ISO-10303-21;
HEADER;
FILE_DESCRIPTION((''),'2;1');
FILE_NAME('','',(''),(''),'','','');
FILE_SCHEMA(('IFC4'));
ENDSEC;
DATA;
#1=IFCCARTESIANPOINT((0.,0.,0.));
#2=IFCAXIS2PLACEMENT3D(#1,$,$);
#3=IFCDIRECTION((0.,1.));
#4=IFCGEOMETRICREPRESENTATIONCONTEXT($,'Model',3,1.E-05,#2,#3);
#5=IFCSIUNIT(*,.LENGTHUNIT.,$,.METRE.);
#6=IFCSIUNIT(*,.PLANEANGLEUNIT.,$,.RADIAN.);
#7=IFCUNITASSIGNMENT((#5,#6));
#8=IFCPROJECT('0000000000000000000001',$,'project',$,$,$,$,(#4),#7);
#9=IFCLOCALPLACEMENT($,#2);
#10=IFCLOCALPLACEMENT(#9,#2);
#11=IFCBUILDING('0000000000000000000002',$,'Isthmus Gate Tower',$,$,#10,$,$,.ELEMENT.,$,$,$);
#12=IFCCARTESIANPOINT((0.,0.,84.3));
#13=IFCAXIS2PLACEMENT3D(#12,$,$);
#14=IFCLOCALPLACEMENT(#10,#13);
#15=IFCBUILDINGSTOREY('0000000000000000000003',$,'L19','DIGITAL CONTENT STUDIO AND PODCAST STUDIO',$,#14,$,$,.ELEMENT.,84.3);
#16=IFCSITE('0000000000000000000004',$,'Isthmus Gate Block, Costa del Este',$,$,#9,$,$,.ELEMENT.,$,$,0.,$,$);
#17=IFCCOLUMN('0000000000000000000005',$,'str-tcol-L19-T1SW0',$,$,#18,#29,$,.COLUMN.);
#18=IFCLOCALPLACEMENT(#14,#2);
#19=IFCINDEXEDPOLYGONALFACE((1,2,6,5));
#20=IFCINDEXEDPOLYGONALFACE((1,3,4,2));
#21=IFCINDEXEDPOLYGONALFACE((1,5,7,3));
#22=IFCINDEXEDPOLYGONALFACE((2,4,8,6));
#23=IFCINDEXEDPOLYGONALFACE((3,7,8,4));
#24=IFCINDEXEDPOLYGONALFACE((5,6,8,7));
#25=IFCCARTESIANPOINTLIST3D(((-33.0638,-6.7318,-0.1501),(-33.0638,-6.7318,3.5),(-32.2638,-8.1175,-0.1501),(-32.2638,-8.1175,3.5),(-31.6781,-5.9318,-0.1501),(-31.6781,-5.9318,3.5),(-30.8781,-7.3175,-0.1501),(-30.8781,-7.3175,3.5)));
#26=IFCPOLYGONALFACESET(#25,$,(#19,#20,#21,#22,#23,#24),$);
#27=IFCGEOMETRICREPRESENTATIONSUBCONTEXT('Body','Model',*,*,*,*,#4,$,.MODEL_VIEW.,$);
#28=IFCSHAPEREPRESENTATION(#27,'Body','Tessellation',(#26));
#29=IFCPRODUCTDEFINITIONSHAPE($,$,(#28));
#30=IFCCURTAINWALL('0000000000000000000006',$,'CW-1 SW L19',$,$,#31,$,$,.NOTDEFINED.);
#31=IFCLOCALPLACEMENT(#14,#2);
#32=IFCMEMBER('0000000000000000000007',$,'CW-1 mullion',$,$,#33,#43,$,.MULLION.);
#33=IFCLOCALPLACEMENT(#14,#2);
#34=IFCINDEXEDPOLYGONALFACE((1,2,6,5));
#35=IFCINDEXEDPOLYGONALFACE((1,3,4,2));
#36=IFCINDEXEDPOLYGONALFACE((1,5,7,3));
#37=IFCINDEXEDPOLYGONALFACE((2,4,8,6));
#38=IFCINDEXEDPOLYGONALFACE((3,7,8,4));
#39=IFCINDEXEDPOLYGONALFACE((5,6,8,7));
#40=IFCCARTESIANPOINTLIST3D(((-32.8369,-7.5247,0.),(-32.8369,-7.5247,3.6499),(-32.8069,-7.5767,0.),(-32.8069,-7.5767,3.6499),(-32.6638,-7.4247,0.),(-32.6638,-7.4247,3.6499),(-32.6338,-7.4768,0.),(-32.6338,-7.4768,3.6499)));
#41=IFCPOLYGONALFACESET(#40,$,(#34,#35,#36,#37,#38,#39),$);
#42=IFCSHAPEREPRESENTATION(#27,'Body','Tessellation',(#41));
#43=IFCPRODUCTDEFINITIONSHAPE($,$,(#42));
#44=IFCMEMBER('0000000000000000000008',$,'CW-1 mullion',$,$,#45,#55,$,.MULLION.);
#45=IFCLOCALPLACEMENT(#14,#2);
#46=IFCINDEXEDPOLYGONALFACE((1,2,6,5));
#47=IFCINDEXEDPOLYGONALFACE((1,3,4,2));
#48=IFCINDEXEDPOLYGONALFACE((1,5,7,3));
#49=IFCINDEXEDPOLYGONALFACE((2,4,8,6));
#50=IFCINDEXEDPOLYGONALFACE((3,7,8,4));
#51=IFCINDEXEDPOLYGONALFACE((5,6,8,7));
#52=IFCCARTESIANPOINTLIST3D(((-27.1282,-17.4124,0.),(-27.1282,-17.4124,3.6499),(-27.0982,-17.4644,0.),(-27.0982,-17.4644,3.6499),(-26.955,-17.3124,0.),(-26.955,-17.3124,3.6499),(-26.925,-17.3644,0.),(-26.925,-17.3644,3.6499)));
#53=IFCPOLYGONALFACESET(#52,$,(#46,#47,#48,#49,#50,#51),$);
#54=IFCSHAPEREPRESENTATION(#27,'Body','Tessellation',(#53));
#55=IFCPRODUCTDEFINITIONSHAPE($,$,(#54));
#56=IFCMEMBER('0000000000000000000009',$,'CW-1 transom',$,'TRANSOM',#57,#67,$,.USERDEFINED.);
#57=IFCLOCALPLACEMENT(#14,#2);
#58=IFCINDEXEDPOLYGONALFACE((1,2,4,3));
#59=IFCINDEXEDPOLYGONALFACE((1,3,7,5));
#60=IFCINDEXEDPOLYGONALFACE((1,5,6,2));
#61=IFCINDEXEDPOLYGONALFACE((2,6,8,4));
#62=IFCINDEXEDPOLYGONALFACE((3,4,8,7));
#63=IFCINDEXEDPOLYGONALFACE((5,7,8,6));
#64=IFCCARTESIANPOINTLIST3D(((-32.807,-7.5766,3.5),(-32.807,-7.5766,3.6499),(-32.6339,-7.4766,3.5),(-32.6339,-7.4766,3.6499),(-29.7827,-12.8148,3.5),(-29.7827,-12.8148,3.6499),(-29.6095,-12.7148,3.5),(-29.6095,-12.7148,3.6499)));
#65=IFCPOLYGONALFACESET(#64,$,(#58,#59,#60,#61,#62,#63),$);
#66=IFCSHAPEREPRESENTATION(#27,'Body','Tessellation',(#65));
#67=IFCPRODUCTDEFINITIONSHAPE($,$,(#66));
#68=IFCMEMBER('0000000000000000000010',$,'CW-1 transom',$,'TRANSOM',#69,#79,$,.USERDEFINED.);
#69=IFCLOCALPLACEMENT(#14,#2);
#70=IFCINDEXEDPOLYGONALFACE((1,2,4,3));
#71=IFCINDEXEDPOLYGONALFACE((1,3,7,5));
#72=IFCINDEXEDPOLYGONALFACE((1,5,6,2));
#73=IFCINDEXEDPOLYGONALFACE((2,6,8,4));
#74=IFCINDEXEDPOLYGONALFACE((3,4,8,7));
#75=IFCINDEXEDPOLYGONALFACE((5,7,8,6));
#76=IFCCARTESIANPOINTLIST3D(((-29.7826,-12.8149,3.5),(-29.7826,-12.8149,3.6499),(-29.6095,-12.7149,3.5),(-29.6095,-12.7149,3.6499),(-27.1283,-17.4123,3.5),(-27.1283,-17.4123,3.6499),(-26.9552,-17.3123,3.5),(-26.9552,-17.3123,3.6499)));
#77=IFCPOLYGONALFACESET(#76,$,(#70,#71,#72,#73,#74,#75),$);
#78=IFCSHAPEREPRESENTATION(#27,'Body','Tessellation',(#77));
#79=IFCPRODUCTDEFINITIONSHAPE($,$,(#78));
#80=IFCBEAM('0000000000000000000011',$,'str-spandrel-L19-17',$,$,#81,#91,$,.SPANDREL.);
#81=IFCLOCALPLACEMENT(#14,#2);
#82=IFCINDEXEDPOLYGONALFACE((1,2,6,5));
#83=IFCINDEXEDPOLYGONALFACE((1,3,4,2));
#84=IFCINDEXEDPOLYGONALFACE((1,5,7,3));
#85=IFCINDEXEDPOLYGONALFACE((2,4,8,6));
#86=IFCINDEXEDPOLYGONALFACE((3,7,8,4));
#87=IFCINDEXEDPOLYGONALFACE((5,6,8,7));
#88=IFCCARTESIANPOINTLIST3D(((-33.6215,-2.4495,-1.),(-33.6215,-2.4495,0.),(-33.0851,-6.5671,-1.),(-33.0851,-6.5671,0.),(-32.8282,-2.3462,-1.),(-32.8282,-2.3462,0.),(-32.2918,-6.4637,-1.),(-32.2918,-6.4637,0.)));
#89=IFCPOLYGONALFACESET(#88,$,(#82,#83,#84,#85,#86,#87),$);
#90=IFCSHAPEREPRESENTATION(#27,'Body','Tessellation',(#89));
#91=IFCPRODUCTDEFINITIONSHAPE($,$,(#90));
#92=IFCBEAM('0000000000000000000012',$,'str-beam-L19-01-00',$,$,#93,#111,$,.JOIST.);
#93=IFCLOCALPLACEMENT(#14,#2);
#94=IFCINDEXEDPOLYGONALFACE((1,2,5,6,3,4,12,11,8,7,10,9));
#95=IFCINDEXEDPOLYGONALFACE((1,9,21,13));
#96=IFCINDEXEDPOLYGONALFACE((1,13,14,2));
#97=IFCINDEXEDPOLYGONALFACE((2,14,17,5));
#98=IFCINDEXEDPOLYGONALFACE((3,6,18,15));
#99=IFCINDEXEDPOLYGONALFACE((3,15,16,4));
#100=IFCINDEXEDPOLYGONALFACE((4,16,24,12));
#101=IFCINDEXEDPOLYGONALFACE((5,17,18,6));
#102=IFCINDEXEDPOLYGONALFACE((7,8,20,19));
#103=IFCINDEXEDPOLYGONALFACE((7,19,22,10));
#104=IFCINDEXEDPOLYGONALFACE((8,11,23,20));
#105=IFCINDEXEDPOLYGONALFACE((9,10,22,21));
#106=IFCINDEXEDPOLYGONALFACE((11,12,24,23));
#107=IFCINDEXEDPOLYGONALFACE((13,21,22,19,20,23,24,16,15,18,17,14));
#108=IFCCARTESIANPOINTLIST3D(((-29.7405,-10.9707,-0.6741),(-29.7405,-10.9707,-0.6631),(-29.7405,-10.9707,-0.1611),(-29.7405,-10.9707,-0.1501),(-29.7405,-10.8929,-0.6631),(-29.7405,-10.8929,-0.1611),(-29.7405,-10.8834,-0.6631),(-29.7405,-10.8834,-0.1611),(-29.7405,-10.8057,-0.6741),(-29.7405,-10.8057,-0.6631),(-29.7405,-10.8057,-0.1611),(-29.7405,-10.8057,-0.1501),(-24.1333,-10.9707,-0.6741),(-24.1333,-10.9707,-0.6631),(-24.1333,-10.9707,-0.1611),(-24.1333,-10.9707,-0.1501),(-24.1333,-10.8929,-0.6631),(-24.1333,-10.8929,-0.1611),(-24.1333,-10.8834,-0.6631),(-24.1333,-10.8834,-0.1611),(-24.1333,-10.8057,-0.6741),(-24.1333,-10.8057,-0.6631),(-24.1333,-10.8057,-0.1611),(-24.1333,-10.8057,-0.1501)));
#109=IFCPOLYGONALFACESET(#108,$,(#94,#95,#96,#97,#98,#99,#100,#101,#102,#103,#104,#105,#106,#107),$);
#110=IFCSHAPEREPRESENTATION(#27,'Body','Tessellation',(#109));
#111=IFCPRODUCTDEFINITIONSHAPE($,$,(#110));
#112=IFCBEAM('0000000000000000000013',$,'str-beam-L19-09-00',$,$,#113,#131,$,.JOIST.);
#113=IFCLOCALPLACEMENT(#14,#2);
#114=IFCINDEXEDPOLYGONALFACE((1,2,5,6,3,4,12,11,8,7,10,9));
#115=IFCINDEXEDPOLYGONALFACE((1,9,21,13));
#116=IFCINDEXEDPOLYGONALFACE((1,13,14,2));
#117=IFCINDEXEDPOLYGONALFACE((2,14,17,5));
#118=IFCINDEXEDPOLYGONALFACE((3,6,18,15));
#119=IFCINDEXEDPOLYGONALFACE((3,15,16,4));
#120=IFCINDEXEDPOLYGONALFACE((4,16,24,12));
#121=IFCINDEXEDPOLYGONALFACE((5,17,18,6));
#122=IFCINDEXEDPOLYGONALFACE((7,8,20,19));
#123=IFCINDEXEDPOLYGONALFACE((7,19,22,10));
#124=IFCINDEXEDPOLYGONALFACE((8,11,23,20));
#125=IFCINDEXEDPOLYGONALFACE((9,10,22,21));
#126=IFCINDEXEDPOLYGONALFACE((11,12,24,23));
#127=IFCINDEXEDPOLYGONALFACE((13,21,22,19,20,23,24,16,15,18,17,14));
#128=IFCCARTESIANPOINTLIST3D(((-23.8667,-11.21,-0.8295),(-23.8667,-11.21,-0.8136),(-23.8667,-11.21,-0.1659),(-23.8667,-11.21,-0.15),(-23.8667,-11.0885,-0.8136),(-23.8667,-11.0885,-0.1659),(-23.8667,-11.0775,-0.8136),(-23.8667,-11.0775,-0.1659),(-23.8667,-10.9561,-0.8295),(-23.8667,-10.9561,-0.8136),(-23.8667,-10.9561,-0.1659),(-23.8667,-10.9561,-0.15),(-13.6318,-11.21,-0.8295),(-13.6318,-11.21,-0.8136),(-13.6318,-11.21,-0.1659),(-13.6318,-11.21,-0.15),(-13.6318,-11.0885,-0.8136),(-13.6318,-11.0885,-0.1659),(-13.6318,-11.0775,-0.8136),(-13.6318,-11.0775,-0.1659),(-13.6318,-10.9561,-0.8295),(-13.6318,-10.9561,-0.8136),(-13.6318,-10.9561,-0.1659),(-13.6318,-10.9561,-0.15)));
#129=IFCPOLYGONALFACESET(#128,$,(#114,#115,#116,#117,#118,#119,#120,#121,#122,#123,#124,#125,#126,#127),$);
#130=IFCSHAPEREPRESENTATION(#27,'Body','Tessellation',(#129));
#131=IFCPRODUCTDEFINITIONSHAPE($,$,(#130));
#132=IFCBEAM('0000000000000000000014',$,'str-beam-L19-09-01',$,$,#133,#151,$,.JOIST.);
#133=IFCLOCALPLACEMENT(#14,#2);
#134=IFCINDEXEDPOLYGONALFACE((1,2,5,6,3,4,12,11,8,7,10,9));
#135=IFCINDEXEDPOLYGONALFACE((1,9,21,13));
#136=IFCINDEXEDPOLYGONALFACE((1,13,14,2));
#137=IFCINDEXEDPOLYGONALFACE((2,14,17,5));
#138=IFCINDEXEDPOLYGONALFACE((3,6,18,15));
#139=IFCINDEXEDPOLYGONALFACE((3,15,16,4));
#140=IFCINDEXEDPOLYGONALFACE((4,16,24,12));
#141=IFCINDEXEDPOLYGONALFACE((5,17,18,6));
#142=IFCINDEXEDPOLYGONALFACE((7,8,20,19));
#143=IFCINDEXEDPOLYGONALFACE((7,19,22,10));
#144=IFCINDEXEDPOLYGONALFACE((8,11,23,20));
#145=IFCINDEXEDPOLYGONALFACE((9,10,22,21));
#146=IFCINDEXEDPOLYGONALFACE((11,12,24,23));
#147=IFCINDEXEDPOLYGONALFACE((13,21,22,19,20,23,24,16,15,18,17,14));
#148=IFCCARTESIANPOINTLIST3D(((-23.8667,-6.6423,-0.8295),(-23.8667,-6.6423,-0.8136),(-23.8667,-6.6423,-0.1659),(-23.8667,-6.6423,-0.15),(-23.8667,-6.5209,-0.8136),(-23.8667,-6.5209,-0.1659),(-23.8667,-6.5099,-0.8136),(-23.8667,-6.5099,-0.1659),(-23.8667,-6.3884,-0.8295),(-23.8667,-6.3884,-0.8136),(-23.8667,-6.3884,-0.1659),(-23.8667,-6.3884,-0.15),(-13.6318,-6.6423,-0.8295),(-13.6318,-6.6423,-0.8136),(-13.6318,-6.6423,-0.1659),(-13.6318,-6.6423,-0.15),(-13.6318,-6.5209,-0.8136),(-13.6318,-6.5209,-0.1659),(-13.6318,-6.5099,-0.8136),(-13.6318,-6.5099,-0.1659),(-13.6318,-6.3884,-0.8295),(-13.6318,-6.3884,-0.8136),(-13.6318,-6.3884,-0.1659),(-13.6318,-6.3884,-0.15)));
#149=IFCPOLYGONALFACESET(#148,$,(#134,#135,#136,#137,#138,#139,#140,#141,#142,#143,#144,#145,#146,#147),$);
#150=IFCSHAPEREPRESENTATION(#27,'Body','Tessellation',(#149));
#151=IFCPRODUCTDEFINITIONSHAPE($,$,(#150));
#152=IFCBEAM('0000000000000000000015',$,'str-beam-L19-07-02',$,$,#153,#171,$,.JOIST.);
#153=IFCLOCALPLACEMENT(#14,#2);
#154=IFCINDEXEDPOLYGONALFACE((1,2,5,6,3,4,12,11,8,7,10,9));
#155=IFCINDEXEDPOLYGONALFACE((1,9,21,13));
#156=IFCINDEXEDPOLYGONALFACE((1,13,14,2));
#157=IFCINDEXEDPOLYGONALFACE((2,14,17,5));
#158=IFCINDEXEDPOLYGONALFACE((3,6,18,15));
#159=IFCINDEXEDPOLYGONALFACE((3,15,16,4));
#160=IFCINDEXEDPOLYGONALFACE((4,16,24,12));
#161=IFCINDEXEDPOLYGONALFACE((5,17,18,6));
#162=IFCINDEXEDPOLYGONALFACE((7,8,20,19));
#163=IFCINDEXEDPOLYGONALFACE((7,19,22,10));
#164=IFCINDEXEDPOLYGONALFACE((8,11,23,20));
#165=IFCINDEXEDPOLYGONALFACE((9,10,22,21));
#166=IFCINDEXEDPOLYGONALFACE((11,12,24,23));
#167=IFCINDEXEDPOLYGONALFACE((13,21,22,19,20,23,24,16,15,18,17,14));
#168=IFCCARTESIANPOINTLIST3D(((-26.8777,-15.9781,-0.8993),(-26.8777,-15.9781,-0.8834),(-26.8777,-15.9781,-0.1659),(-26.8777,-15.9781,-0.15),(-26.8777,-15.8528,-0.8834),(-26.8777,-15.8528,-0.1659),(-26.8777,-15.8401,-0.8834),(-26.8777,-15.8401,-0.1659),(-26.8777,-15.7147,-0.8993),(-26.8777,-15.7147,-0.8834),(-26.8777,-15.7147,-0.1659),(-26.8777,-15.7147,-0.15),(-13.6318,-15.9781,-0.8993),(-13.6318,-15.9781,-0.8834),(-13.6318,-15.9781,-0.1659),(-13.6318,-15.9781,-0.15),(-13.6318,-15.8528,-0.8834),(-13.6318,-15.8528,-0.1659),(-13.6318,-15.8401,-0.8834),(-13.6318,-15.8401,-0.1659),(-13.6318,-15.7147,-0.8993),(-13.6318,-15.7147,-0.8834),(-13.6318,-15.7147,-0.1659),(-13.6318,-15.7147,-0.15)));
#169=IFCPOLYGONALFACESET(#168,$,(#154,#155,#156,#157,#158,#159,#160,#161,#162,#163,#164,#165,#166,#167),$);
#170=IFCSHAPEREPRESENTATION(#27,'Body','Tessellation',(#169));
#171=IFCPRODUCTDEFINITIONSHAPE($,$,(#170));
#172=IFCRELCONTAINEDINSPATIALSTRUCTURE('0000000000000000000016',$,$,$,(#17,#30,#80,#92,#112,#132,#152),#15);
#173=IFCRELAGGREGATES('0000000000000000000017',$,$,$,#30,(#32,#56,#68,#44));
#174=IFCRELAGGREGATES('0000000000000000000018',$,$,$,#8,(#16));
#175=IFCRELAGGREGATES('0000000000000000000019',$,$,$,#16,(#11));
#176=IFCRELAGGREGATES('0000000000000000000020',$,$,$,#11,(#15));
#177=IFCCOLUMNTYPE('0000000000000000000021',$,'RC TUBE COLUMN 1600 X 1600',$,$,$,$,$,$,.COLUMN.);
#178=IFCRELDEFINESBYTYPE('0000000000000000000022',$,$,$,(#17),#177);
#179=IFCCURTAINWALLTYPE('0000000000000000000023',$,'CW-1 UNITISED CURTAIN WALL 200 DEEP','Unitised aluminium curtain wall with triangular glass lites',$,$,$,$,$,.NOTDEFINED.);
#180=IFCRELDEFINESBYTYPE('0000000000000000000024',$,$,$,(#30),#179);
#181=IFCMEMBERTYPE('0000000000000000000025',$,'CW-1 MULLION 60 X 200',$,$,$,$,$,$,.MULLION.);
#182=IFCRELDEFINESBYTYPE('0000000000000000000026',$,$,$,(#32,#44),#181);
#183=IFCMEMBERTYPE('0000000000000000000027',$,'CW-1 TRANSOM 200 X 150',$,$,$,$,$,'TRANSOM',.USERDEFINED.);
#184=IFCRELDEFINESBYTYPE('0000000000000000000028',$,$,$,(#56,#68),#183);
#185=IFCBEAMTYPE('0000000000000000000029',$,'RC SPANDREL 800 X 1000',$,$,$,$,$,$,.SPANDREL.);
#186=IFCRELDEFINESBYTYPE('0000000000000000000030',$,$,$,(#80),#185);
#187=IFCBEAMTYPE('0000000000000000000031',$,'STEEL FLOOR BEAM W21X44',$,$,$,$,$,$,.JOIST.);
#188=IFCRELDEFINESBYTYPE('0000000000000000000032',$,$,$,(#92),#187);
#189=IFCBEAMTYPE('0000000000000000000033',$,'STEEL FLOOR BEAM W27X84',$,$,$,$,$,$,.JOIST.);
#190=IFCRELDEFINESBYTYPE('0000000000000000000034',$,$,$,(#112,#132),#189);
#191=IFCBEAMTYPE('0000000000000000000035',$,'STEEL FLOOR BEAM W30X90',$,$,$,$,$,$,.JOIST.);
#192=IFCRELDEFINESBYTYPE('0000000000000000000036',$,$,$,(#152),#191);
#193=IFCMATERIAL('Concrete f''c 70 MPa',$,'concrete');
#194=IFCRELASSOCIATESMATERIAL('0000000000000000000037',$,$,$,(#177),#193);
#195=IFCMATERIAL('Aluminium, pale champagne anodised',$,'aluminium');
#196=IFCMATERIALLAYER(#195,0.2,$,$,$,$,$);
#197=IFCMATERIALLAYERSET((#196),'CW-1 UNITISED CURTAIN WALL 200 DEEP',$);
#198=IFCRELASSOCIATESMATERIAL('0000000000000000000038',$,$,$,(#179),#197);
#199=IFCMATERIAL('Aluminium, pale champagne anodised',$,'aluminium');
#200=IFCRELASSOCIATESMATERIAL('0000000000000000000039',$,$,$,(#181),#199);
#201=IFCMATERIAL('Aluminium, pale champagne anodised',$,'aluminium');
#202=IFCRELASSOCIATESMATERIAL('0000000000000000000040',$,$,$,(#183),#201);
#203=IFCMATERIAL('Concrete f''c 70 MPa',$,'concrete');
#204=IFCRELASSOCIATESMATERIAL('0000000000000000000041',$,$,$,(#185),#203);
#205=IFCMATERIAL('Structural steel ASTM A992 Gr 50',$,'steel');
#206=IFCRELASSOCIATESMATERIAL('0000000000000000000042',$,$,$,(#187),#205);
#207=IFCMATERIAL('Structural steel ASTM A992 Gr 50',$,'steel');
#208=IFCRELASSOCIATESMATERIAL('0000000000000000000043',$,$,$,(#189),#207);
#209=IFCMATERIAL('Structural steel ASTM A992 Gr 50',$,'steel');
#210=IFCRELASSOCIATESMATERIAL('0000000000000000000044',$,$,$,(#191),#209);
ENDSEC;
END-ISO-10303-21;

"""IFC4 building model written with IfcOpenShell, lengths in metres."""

from ifc_helpers import new_model, si_unit, direction, frame, origin, origin_2d, place, context, subcontext, project, spatial, rectangle, i_section, extrude, material, layer, layer_set, material_profile, profile_set, type_object, element, aggregate, save


model = new_model("IFC4")

# Units and contexts
model_context = context("Model", 3, precision=1e-05, world=origin(), true_north=direction((0.0, 1.0)))
body_context = subcontext(model_context, "Body", "Model", "MODEL_VIEW")
ifc_project = project(units=[si_unit("LENGTHUNIT", "METRE"), si_unit("PLANEANGLEUNIT", "RADIAN")], contexts=[model_context])

# Site, building, storey
site_placement = place(None, origin())
site = spatial("IfcSite", under=ifc_project, at=site_placement, Name="Isthmus Gate Block, Costa del Este", CompositionType="ELEMENT", RefElevation=0.0)
building_placement = place(site_placement, origin())
building = spatial("IfcBuilding", under=site, at=building_placement, Name="Isthmus Gate Tower", CompositionType="ELEMENT")
storey_placement = place(building_placement, frame((0.0, 0.0, 84.3)))
storey = spatial("IfcBuildingStorey", under=building, at=storey_placement, Name="L19", Description="DIGITAL CONTENT STUDIO AND PODCAST STUDIO", CompositionType="ELEMENT", Elevation=84.3)

# Column
ifc_material_1 = material(Name="Concrete f'c 70 MPa", Category="concrete")
ifc_material_profile_1 = material_profile(ifc_material_1, rectangle(XDim=1.6001, YDim=1.6001, at=origin_2d()), Name="RC 1600X1600")
ifc_profile_set_1 = profile_set([ifc_material_profile_1], Name="Concrete f'c 70 MPa")
column_type = type_object("IfcColumnType", Name="RC TUBE COLUMN 1600 X 1600", PredefinedType="COLUMN", material=ifc_profile_set_1)
column_placement = place(storey_placement, frame((-31.9709, -7.0247, -0.1501), z_axis=(0.0, 0.0, 1.0), x_axis=(0.5, -0.866025, 0.0)))
element("IfcColumn", 1, at=column_placement, inside=storey, type_object=column_type, Name="str-tcol-L19-T1SW0", PredefinedType="COLUMN", context=body_context, shape_type="SweptSolid", body=[
    extrude(rectangle(XDim=1.6001, YDim=1.6001, at=origin_2d()), origin(), (0.0, 0.0, 1.0), 3.6501),
])

# Curtain wall, members
ifc_material_2 = material(Name="Aluminium, pale champagne anodised", Category="aluminium")
ifc_layer_1 = layer(ifc_material_2, 0.2)
ifc_layer_set_1 = layer_set([ifc_layer_1], Name="CW-1 UNITISED CURTAIN WALL 200 DEEP")
curtain_wall_type = type_object("IfcCurtainWallType", Name="CW-1 UNITISED CURTAIN WALL 200 DEEP", Description="Unitised aluminium curtain wall with triangular glass lites", PredefinedType="NOTDEFINED", material=ifc_layer_set_1)
curtain_wall_placement = place(storey_placement, origin())
curtain_wall = element("IfcCurtainWall", 2, at=curtain_wall_placement, inside=storey, type_object=curtain_wall_type, Name="CW-1 SW L19", PredefinedType="NOTDEFINED")
ifc_material_3 = material(Name="Aluminium, pale champagne anodised", Category="aluminium")
ifc_material_profile_2 = material_profile(ifc_material_3, rectangle(XDim=0.0601, YDim=0.2, at=origin_2d()), Name="60x200")
ifc_profile_set_2 = profile_set([ifc_material_profile_2], Name="Aluminium, pale champagne anodised")
member_type_1 = type_object("IfcMemberType", Name="CW-1 MULLION 60 X 200", PredefinedType="MULLION", material=ifc_profile_set_2)
member_1_placement = place(storey_placement, frame((-32.7354, -7.5007, 0.0), z_axis=(0.0, 0.0, 1.0), x_axis=(0.5, -0.866025, 0.0)))
member_1 = element("IfcMember", 3, at=member_1_placement, type_object=member_type_1, Name="CW-1 mullion", PredefinedType="MULLION", context=body_context, shape_type="SweptSolid", body=[
    extrude(rectangle(XDim=0.0601, YDim=0.2, at=origin_2d()), origin(), (0.0, 0.0, 1.0), 3.6499),
])
member_2_placement = place(storey_placement, frame((-27.0266, -17.3884, 0.0), z_axis=(0.0, 0.0, 1.0), x_axis=(0.5, -0.866025, 0.0)))
member_2 = element("IfcMember", 4, at=member_2_placement, type_object=member_type_1, Name="CW-1 mullion", PredefinedType="MULLION", context=body_context, shape_type="SweptSolid", body=[
    extrude(rectangle(XDim=0.0601, YDim=0.2, at=origin_2d()), origin(), (0.0, 0.0, 1.0), 3.6499),
])
ifc_material_4 = material(Name="Aluminium, pale champagne anodised", Category="aluminium")
ifc_material_profile_3 = material_profile(ifc_material_4, rectangle(XDim=0.2, YDim=0.1499, at=origin_2d()), Name="200x150")
ifc_profile_set_3 = profile_set([ifc_material_profile_3], Name="Aluminium, pale champagne anodised")
member_type_2 = type_object("IfcMemberType", Name="CW-1 TRANSOM 200 X 150", ElementType="TRANSOM", PredefinedType="USERDEFINED", material=ifc_profile_set_3)
member_3_placement = place(storey_placement, frame((-32.7205, -7.5266, 3.575), z_axis=(0.500011, -0.866019, 0.0), x_axis=(0.866019, 0.500011, 0.0)))
member_3 = element("IfcMember", 5, at=member_3_placement, type_object=member_type_2, Name="CW-1 transom", ObjectType="TRANSOM", PredefinedType="USERDEFINED", context=body_context, shape_type="SweptSolid", body=[
    extrude(rectangle(XDim=0.2, YDim=0.1499, at=origin_2d()), origin(), (0.0, 0.0, 1.0), 6.0486),
])
member_4_placement = place(storey_placement, frame((-29.696, -12.7649, 3.575), z_axis=(0.499997, -0.866027, 0.0), x_axis=(0.866027, 0.499997, 0.0)))
member_4 = element("IfcMember", 6, at=member_4_placement, type_object=member_type_2, Name="CW-1 transom", ObjectType="TRANSOM", PredefinedType="USERDEFINED", context=body_context, shape_type="SweptSolid", body=[
    extrude(rectangle(XDim=0.2, YDim=0.1499, at=origin_2d()), origin(), (0.0, 0.0, 1.0), 5.3086),
])

# Beams
ifc_material_5 = material(Name="Concrete f'c 70 MPa", Category="concrete")
ifc_material_profile_4 = material_profile(ifc_material_5, rectangle(XDim=0.8, YDim=1.0, at=origin_2d()), Name="RC 800X1000")
ifc_profile_set_4 = profile_set([ifc_material_profile_4], Name="Concrete f'c 70 MPa")
beam_type_1 = type_object("IfcBeamType", Name="RC SPANDREL 800 X 1000", PredefinedType="SPANDREL", material=ifc_profile_set_4)
beam_1_placement = place(storey_placement, frame((-32.6885, -6.5154, -0.5), z_axis=(-0.129171, 0.991622, 0.0), x_axis=(-0.991622, -0.129171, 0.0)))
element("IfcBeam", 7, at=beam_1_placement, inside=storey, type_object=beam_type_1, Name="str-spandrel-L19-17", PredefinedType="SPANDREL", context=body_context, shape_type="SweptSolid", body=[
    extrude(rectangle(XDim=0.8, YDim=1.0, at=origin_2d()), origin(), (0.0, 0.0, 1.0), 4.1523),
])
ifc_material_6 = material(Name="Structural steel ASTM A992 Gr 50", Category="steel")
ifc_material_profile_5 = material_profile(ifc_material_6, i_section(OverallWidth=0.165, OverallDepth=0.5239, WebThickness=0.0095, FlangeThickness=0.011, at=origin_2d()), Name="W21X44")
ifc_profile_set_5 = profile_set([ifc_material_profile_5], Name="Structural steel ASTM A992 Gr 50")
beam_type_2 = type_object("IfcBeamType", Name="STEEL FLOOR BEAM W21X44", PredefinedType="JOIST", material=ifc_profile_set_5)
beam_2_placement = place(storey_placement, frame((-29.7405, -10.8882, -0.4121), z_axis=(1.0, 0.0, 0.0), x_axis=(0.0, 1.0, 0.0)))
element("IfcBeam", 8, at=beam_2_placement, inside=storey, type_object=beam_type_2, Name="str-beam-L19-01-00", PredefinedType="JOIST", context=body_context, shape_type="SweptSolid", body=[
    extrude(i_section(OverallWidth=0.165, OverallDepth=0.5239, WebThickness=0.0095, FlangeThickness=0.011, at=origin_2d()), origin(), (0.0, 0.0, 1.0), 5.6072),
])
ifc_material_7 = material(Name="Structural steel ASTM A992 Gr 50", Category="steel")
ifc_material_profile_6 = material_profile(ifc_material_7, i_section(OverallWidth=0.2539, OverallDepth=0.6794, WebThickness=0.011, FlangeThickness=0.0159, at=origin_2d()), Name="W27X84")
ifc_profile_set_6 = profile_set([ifc_material_profile_6], Name="Structural steel ASTM A992 Gr 50")
beam_type_3 = type_object("IfcBeamType", Name="STEEL FLOOR BEAM W27X84", PredefinedType="JOIST", material=ifc_profile_set_6)
for number, where, z_axis, x_axis, name in (
    (9, (-23.8667, -11.083, -0.4897), (1.0, 0.0, 0.0), (0.0, 1.0, 0.0), "str-beam-L19-09-00"),
    (10, (-23.8667, -6.5154, -0.4897), (1.0, 0.0, 0.0), (0.0, 1.0, 0.0), "str-beam-L19-09-01"),
):
    element("IfcBeam", number, at=place(storey_placement, frame(where, z_axis=z_axis, x_axis=x_axis)), inside=storey, type_object=beam_type_3, Name=name, PredefinedType="JOIST", context=body_context, shape_type="SweptSolid", body=[
        extrude(i_section(OverallWidth=0.2539, OverallDepth=0.6794, WebThickness=0.011, FlangeThickness=0.0159, at=origin_2d()), origin(), (0.0, 0.0, 1.0), 10.2349),
    ])
ifc_material_8 = material(Name="Structural steel ASTM A992 Gr 50", Category="steel")
ifc_material_profile_7 = material_profile(ifc_material_8, i_section(OverallWidth=0.2634, OverallDepth=0.7493, WebThickness=0.0127, FlangeThickness=0.0159, at=origin_2d()), Name="W30X90")
ifc_profile_set_7 = profile_set([ifc_material_profile_7], Name="Structural steel ASTM A992 Gr 50")
beam_type_4 = type_object("IfcBeamType", Name="STEEL FLOOR BEAM W30X90", PredefinedType="JOIST", material=ifc_profile_set_7)
beam_3_placement = place(storey_placement, frame((-26.8777, -15.8464, -0.5247), z_axis=(1.0, 0.0, 0.0), x_axis=(0.0, 1.0, 0.0)))
element("IfcBeam", 11, at=beam_3_placement, inside=storey, type_object=beam_type_4, Name="str-beam-L19-07-02", PredefinedType="JOIST", context=body_context, shape_type="SweptSolid", body=[
    extrude(i_section(OverallWidth=0.2634, OverallDepth=0.7493, WebThickness=0.0127, FlangeThickness=0.0159, at=origin_2d()), origin(), (0.0, 0.0, 1.0), 13.2458),
])

aggregate(curtain_wall, [member_1, member_3, member_4, member_2])

save(model, "model.ifc")
